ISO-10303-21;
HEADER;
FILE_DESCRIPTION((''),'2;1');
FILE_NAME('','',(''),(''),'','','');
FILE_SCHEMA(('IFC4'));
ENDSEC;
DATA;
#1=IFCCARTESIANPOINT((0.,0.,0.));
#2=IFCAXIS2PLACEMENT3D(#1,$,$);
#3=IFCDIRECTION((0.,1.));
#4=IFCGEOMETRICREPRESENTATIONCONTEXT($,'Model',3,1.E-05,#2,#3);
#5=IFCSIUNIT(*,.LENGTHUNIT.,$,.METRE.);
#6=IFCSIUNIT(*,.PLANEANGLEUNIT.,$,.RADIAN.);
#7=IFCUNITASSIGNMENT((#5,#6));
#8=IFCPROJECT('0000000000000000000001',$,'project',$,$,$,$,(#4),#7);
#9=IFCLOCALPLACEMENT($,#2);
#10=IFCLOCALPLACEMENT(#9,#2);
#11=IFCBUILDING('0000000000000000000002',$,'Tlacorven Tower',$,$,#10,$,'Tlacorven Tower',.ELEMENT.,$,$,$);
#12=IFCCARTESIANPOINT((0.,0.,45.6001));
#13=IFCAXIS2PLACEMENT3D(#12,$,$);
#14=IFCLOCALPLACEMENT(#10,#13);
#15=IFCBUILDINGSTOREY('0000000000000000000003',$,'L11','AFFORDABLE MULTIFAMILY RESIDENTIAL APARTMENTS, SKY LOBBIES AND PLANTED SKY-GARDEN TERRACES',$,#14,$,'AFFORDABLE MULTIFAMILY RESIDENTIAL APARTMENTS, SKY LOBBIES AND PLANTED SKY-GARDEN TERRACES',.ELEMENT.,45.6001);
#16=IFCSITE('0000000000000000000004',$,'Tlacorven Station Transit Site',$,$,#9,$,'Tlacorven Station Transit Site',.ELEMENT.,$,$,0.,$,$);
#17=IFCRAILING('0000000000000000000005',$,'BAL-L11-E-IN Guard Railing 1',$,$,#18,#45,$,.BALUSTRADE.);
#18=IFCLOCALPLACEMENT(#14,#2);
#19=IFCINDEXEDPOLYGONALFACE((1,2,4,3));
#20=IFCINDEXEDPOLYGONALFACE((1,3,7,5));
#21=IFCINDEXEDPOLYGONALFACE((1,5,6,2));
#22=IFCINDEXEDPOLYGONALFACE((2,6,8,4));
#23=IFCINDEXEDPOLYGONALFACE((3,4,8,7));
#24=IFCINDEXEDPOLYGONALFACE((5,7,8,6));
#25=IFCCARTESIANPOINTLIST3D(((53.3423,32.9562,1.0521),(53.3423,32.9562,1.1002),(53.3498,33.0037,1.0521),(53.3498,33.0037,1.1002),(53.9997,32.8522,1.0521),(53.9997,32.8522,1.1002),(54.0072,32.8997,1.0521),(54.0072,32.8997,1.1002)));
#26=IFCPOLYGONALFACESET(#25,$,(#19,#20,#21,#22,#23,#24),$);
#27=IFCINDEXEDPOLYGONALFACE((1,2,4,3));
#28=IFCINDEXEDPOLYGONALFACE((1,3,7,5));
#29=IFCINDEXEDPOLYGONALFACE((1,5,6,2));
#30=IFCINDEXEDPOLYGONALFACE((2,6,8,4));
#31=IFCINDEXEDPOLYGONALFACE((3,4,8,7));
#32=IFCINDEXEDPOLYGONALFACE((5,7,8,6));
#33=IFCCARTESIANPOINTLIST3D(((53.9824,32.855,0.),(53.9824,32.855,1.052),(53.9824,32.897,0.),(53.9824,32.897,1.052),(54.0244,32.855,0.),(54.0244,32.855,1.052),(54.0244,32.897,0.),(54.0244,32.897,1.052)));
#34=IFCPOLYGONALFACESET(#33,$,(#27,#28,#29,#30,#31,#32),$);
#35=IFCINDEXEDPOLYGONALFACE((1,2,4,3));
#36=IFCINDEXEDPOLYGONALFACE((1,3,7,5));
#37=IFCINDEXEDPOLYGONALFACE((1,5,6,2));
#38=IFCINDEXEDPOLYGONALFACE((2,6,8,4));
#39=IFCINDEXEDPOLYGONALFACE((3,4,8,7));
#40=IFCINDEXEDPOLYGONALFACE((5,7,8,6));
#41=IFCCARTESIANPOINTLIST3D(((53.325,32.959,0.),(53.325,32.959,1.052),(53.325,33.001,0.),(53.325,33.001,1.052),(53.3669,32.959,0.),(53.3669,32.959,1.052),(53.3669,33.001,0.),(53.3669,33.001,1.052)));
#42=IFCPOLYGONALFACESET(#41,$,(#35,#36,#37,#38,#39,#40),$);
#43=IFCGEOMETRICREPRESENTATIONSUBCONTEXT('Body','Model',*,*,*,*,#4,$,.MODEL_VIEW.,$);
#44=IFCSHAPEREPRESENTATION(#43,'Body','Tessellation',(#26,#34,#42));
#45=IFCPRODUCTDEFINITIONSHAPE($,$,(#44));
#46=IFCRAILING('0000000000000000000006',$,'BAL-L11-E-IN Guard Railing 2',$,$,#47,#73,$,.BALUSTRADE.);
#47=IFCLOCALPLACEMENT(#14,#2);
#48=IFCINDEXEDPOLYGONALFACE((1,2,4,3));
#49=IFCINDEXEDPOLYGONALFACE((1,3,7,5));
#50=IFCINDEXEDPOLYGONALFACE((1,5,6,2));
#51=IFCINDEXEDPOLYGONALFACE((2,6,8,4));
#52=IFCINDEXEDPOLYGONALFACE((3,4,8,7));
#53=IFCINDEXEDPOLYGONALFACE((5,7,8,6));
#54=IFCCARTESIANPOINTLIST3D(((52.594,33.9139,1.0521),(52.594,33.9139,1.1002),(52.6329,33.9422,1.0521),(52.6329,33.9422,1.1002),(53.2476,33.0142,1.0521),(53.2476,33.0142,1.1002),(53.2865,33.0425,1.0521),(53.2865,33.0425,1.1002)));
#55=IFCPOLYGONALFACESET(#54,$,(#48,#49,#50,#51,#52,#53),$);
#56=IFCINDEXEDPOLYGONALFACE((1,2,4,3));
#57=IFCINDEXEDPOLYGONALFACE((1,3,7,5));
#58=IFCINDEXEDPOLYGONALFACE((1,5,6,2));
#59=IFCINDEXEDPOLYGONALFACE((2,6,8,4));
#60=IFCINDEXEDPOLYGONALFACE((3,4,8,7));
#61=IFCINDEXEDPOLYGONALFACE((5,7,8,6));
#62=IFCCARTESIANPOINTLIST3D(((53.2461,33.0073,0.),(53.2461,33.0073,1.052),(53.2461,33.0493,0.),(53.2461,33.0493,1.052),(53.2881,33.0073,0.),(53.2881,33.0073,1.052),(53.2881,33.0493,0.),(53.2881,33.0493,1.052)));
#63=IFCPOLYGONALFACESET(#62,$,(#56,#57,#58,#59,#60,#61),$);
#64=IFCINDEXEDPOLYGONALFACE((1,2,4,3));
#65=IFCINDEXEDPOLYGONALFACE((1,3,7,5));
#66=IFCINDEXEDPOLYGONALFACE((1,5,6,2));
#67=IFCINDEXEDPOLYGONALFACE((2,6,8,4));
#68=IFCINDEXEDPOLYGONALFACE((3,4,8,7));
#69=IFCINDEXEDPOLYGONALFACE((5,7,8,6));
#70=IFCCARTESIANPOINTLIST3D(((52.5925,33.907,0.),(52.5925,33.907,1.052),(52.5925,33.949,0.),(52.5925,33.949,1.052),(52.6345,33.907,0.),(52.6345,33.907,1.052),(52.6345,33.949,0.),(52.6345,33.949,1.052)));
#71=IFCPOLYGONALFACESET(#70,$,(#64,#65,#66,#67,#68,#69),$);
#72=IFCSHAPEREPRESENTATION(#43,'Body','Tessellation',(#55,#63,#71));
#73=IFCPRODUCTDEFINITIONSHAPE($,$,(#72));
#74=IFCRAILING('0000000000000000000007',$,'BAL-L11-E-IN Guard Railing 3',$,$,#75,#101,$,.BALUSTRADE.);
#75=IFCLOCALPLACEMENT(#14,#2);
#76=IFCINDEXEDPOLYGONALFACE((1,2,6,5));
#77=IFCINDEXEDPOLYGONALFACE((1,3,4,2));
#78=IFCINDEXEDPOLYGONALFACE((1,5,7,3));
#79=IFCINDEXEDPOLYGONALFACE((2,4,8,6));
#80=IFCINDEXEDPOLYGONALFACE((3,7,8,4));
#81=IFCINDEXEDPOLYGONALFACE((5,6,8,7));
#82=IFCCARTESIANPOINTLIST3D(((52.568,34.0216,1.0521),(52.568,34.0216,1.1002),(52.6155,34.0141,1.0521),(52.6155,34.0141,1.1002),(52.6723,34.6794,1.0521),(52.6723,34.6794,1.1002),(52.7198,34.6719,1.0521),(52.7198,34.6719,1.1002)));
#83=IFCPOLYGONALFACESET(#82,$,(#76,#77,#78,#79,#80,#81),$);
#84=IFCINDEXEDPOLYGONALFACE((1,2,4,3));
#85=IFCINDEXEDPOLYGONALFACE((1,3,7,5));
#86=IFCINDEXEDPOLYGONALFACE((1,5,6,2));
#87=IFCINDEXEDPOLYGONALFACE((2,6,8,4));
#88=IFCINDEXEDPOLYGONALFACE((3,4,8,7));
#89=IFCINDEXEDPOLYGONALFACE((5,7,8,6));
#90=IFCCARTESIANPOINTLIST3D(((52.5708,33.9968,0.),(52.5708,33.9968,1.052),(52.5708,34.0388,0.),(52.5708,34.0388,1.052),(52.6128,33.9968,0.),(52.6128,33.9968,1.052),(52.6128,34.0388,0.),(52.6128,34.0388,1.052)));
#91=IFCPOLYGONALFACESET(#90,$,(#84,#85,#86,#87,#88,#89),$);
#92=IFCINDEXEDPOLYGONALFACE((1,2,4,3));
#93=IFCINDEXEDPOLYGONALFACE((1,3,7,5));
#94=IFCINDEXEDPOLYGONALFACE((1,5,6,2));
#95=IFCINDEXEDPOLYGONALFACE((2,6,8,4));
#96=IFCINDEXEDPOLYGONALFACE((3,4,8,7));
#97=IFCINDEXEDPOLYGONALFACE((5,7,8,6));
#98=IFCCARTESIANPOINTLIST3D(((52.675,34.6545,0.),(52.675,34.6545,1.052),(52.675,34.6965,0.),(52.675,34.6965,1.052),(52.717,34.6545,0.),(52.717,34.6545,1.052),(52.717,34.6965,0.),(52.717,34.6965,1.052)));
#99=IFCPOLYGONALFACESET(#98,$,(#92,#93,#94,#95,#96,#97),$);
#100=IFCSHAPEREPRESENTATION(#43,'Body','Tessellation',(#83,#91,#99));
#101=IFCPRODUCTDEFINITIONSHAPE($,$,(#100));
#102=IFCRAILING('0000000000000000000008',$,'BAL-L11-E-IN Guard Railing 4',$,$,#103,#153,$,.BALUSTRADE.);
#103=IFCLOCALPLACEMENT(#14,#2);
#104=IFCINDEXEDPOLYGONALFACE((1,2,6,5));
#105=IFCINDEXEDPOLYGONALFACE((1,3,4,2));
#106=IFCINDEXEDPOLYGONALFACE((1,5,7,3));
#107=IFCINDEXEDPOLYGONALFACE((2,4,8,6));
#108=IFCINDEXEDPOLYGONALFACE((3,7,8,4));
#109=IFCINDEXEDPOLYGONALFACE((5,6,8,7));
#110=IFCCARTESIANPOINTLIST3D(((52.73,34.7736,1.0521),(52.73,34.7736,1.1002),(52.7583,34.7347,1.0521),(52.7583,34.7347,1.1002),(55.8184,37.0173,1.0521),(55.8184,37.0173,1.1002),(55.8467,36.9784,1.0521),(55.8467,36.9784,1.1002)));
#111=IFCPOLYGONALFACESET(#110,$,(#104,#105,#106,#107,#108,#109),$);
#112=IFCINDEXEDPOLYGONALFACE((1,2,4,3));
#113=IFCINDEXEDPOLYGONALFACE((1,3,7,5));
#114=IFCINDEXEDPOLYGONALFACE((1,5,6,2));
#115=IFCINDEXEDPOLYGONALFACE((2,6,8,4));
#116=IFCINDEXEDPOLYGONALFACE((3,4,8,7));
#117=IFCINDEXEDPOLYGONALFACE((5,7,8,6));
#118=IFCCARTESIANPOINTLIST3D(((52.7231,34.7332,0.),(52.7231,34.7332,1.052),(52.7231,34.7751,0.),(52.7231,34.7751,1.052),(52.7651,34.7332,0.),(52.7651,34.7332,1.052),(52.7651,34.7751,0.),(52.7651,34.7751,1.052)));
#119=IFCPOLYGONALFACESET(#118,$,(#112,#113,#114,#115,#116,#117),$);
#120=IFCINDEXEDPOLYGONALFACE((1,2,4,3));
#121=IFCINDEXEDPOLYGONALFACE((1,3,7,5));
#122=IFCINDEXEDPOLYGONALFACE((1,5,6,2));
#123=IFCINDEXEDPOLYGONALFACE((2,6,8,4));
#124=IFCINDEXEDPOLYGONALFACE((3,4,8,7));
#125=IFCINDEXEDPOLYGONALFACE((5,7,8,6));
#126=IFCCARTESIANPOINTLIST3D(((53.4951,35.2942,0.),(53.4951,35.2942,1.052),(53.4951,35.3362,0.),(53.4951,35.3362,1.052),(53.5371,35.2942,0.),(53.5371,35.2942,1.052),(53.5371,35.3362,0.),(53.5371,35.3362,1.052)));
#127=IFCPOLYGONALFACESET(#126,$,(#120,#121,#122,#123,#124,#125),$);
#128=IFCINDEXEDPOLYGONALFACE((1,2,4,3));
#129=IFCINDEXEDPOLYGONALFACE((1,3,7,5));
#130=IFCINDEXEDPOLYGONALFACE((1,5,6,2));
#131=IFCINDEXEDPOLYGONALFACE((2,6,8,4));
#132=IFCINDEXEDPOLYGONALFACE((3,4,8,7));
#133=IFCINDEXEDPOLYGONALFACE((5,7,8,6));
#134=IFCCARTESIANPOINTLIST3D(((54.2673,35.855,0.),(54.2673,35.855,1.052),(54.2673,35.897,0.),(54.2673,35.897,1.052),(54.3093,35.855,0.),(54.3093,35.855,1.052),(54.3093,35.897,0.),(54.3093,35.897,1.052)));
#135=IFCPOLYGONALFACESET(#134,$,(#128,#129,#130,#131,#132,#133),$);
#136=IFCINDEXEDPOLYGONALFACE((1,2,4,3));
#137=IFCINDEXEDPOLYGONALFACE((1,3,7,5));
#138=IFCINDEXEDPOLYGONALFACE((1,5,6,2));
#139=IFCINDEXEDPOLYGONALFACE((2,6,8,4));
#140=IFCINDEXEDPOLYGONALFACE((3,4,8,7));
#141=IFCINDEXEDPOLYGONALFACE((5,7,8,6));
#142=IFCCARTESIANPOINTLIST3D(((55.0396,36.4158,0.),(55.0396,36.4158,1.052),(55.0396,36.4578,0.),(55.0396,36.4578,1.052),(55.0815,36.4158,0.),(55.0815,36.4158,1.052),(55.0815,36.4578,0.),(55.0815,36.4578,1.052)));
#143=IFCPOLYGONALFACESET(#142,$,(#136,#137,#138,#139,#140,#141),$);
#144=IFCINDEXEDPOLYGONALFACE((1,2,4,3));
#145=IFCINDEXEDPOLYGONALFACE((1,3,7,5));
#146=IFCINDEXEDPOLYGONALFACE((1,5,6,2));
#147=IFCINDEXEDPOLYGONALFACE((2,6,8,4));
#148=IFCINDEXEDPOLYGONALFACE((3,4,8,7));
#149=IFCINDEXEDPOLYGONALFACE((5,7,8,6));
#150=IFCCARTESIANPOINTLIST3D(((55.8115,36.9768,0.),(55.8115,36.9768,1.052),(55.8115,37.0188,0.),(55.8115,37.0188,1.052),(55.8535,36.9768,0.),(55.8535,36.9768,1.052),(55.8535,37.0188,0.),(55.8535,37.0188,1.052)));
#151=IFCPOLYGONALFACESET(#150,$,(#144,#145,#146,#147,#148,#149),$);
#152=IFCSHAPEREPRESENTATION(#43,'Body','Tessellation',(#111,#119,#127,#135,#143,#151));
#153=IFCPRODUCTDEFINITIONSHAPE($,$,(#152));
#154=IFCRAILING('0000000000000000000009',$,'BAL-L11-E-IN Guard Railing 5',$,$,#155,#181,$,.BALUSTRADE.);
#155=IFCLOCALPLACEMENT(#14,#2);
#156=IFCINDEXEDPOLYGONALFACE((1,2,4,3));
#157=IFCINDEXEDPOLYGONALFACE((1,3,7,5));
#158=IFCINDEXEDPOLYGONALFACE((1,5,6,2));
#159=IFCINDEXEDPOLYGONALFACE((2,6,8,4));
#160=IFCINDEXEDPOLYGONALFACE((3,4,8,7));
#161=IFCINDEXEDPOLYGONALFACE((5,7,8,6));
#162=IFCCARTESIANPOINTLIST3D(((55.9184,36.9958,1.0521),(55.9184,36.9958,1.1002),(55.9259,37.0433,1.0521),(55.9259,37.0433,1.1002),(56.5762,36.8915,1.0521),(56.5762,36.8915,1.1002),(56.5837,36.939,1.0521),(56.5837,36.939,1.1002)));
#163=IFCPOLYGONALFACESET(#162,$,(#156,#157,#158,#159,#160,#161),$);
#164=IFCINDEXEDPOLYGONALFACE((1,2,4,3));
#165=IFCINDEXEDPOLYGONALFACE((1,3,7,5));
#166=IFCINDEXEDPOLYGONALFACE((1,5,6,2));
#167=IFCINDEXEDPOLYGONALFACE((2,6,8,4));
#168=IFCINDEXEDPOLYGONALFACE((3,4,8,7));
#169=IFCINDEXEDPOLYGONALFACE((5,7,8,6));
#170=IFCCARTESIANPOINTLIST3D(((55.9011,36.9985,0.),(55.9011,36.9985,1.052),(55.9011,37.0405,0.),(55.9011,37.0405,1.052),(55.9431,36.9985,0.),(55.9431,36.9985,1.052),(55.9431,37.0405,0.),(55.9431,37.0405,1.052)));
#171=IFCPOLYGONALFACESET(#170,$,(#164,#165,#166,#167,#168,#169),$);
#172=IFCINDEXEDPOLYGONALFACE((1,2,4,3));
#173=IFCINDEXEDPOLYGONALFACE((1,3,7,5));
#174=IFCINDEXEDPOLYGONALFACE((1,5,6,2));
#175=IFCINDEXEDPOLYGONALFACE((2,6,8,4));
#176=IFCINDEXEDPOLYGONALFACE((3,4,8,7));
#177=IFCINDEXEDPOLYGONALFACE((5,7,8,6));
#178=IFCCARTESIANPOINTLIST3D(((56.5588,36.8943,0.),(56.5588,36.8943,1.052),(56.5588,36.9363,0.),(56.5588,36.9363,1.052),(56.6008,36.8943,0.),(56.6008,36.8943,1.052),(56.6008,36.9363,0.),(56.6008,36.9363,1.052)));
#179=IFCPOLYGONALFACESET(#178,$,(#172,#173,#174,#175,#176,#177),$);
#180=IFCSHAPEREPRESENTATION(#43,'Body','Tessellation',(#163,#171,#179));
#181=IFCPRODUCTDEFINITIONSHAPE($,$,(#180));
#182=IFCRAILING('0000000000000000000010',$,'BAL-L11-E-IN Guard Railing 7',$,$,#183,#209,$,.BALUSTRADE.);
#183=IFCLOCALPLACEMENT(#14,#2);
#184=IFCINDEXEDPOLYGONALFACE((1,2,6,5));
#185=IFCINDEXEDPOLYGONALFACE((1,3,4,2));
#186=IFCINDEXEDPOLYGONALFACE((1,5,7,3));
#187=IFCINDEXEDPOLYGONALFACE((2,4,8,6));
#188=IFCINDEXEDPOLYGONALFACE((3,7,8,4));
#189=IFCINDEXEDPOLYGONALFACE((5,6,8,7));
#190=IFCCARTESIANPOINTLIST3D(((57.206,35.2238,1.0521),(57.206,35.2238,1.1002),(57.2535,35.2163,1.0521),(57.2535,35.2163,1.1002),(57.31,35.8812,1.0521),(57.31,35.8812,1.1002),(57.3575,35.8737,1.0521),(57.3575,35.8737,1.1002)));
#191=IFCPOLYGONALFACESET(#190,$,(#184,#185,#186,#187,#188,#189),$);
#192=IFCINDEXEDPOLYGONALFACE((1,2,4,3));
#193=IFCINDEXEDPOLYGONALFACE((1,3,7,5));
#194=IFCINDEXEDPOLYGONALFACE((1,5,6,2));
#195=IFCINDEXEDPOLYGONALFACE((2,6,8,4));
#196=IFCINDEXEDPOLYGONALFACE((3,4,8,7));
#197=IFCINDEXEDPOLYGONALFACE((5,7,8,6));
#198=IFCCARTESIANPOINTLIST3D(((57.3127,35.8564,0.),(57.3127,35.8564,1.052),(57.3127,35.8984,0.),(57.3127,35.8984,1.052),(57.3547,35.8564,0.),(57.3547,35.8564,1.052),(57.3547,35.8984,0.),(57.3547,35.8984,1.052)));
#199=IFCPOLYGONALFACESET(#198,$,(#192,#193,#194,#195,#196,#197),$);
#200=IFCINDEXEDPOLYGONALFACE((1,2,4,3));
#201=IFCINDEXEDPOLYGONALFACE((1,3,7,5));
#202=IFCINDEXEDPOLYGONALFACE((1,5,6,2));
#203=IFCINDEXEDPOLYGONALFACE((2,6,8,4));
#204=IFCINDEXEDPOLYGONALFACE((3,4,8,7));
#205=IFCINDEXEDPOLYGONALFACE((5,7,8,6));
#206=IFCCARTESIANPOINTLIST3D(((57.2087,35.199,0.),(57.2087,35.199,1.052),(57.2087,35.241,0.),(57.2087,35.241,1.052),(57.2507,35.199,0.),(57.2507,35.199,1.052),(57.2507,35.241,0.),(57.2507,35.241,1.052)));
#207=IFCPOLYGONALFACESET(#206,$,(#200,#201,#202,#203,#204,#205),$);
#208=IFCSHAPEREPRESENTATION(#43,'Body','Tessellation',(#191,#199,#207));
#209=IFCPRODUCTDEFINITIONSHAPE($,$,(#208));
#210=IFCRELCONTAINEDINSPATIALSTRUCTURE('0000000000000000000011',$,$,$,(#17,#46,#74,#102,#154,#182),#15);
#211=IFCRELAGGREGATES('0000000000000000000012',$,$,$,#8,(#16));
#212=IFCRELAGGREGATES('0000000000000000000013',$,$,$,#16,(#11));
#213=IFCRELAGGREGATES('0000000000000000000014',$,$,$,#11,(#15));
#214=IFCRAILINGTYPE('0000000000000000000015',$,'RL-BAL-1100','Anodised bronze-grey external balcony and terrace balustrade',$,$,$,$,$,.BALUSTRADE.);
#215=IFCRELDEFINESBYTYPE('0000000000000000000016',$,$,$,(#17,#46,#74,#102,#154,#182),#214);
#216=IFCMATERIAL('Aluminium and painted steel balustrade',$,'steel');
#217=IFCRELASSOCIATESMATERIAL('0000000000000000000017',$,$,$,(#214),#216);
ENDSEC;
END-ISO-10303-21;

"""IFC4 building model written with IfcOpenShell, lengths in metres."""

from ifc_helpers import new_model, si_unit, direction, frame, origin, origin_2d, place, context, subcontext, project, spatial, rectangle, extrude, source, transform, mapped, material, type_object, element, save


model = new_model("IFC4")

# Units and contexts
model_context = context("Model", 3, precision=1e-05, world=origin(), true_north=direction((0.0, 1.0)))
body_context = subcontext(model_context, "Body", "Model", "MODEL_VIEW")
ifc_project = project(units=[si_unit("LENGTHUNIT", "METRE"), si_unit("PLANEANGLEUNIT", "RADIAN")], contexts=[model_context])

# Site, building, storey
site_placement = place(None, origin())
site = spatial("IfcSite", under=ifc_project, at=site_placement, Name="Tlacorven Station Transit Site", LongName="Tlacorven Station Transit Site", CompositionType="ELEMENT", RefElevation=0.0)
building_placement = place(site_placement, origin())
building = spatial("IfcBuilding", under=site, at=building_placement, Name="Tlacorven Tower", LongName="Tlacorven Tower", CompositionType="ELEMENT")
storey_placement = place(building_placement, frame((0.0, 0.0, 45.6001)))
storey = spatial("IfcBuildingStorey", under=building, at=storey_placement, Name="L11", Description="AFFORDABLE MULTIFAMILY RESIDENTIAL APARTMENTS, SKY LOBBIES AND PLANTED SKY-GARDEN TERRACES", LongName="AFFORDABLE MULTIFAMILY RESIDENTIAL APARTMENTS, SKY LOBBIES AND PLANTED SKY-GARDEN TERRACES", CompositionType="ELEMENT", Elevation=45.6001)

# Railings
ifc_material_1 = material(Name="Aluminium and painted steel balustrade", Category="steel")
railing_type_1 = type_object("IfcRailingType", Name="RL-BAL-1100", Description="Anodised bronze-grey external balcony and terrace balustrade", PredefinedType="BALUSTRADE", material=ifc_material_1)
shared_shape_1 = source(origin(), body_context, "Body", "SweptSolid", [
    extrude(rectangle(XDim=0.0481, YDim=0.0481, at=origin_2d()), frame((0.0, 0.0, 1.0762), z_axis=(-0.987718, 0.156245, 0.0), x_axis=(-0.156245, -0.987718, 0.0)), (0.0, 0.0, 1.0), 0.6655),
    extrude(rectangle(XDim=0.042, YDim=0.042, at=origin_2d()), origin(), (0.0, 0.0, 1.0), 1.052),
    extrude(rectangle(XDim=0.042, YDim=0.042, at=origin_2d()), frame((-0.6575, 0.104, 0.0)), (0.0, 0.0, 1.0), 1.052),
])
railing_1_placement = place(storey_placement, frame((54.0034, 32.876, 0.0)))
element("IfcRailing", 1, at=railing_1_placement, inside=storey, type_object=railing_type_1, Name="BAL-L11-E-IN Guard Railing 1", PredefinedType="BALUSTRADE", context=body_context, shape_type="MappedRepresentation", body=[
    mapped(shared_shape_1, transform((0.0, 0.0, 0.0), scale=1.0)),
])
shared_shape_2 = source(origin(), body_context, "Body", "SweptSolid", [
    extrude(rectangle(XDim=0.0481, YDim=0.0481, at=origin_2d()), frame((0.0, 0.0, 1.0762), z_axis=(-0.587741, 0.809049, 0.0), x_axis=(-0.809049, -0.587741, 0.0)), (0.0, 0.0, 1.0), 1.1121),
    extrude(rectangle(XDim=0.042, YDim=0.042, at=origin_2d()), origin(), (0.0, 0.0, 1.0), 1.052),
    extrude(rectangle(XDim=0.042, YDim=0.042, at=origin_2d()), frame((-0.6536, 0.8997, 0.0)), (0.0, 0.0, 1.0), 1.052),
])
railing_2_placement = place(storey_placement, frame((53.2671, 33.0283, 0.0)))
element("IfcRailing", 2, at=railing_2_placement, inside=storey, type_object=railing_type_1, Name="BAL-L11-E-IN Guard Railing 2", PredefinedType="BALUSTRADE", context=body_context, shape_type="MappedRepresentation", body=[
    mapped(shared_shape_2, transform((0.0, 0.0, 0.0), scale=1.0)),
])
shared_shape_3 = source(origin(), body_context, "Body", "SweptSolid", [
    extrude(rectangle(XDim=0.0481, YDim=0.0481, at=origin_2d()), frame((0.0, 0.0, 1.0762), z_axis=(0.156546, 0.987671, 0.0), x_axis=(-0.987671, 0.156546, 0.0)), (0.0, 0.0, 1.0), 0.666),
    extrude(rectangle(XDim=0.042, YDim=0.042, at=origin_2d()), origin(), (0.0, 0.0, 1.0), 1.052),
    extrude(rectangle(XDim=0.042, YDim=0.042, at=origin_2d()), frame((0.1042, 0.6577, 0.0)), (0.0, 0.0, 1.0), 1.052),
])
railing_3_placement = place(storey_placement, frame((52.5918, 34.0178, 0.0)))
element("IfcRailing", 3, at=railing_3_placement, inside=storey, type_object=railing_type_1, Name="BAL-L11-E-IN Guard Railing 3", PredefinedType="BALUSTRADE", context=body_context, shape_type="MappedRepresentation", body=[
    mapped(shared_shape_3, transform((0.0, 0.0, 0.0), scale=1.0)),
])
shared_shape_4 = source(origin(), body_context, "Body", "SweptSolid", [
    extrude(rectangle(XDim=0.0481, YDim=0.0481, at=origin_2d()), frame((0.0, 0.0, 1.0762), z_axis=(0.80904, 0.587753, 0.0), x_axis=(-0.587753, 0.80904, 0.0)), (0.0, 0.0, 1.0), 3.8174),
    extrude(rectangle(XDim=0.042, YDim=0.042, at=origin_2d()), origin(), (0.0, 0.0, 1.0), 1.052),
    extrude(rectangle(XDim=0.042, YDim=0.042, at=origin_2d()), frame((0.772, 0.561, 0.0)), (0.0, 0.0, 1.0), 1.052),
    extrude(rectangle(XDim=0.042, YDim=0.042, at=origin_2d()), frame((1.5442, 1.1218, 0.0)), (0.0, 0.0, 1.0), 1.052),
    extrude(rectangle(XDim=0.042, YDim=0.042, at=origin_2d()), frame((2.3164, 1.6826, 0.0)), (0.0, 0.0, 1.0), 1.052),
    extrude(rectangle(XDim=0.042, YDim=0.042, at=origin_2d()), frame((3.0884, 2.2437, 0.0)), (0.0, 0.0, 1.0), 1.052),
])
railing_4_placement = place(storey_placement, frame((52.7441, 34.7542, 0.0)))
element("IfcRailing", 4, at=railing_4_placement, inside=storey, type_object=railing_type_1, Name="BAL-L11-E-IN Guard Railing 4", PredefinedType="BALUSTRADE", context=body_context, shape_type="MappedRepresentation", body=[
    mapped(shared_shape_4, transform((0.0, 0.0, 0.0), scale=1.0)),
])
shared_shape_5 = source(origin(), body_context, "Body", "SweptSolid", [
    extrude(rectangle(XDim=0.0481, YDim=0.0481, at=origin_2d()), frame((0.0, 0.0, 1.0762), z_axis=(0.987671, -0.156546, 0.0), x_axis=(0.156546, 0.987671, 0.0)), (0.0, 0.0, 1.0), 0.666),
    extrude(rectangle(XDim=0.042, YDim=0.042, at=origin_2d()), origin(), (0.0, 0.0, 1.0), 1.052),
    extrude(rectangle(XDim=0.042, YDim=0.042, at=origin_2d()), frame((0.6577, -0.1042, 0.0)), (0.0, 0.0, 1.0), 1.052),
])
railing_5_placement = place(storey_placement, frame((55.9221, 37.0195, 0.0)))
element("IfcRailing", 5, at=railing_5_placement, inside=storey, type_object=railing_type_1, Name="BAL-L11-E-IN Guard Railing 5", PredefinedType="BALUSTRADE", context=body_context, shape_type="MappedRepresentation", body=[
    mapped(shared_shape_5, transform((0.0, 0.0, 0.0), scale=1.0)),
])
shared_shape_6 = source(origin(), body_context, "Body", "SweptSolid", [
    extrude(rectangle(XDim=0.0481, YDim=0.0481, at=origin_2d()), frame((0.0, 0.0, 1.0762), z_axis=(-0.156245, -0.987718, 0.0), x_axis=(0.987718, -0.156245, 0.0)), (0.0, 0.0, 1.0), 0.6655),
    extrude(rectangle(XDim=0.042, YDim=0.042, at=origin_2d()), origin(), (0.0, 0.0, 1.0), 1.052),
    extrude(rectangle(XDim=0.042, YDim=0.042, at=origin_2d()), frame((-0.104, -0.6575, 0.0)), (0.0, 0.0, 1.0), 1.052),
])
railing_6_placement = place(storey_placement, frame((57.3337, 35.8774, 0.0)))
element("IfcRailing", 6, at=railing_6_placement, inside=storey, type_object=railing_type_1, Name="BAL-L11-E-IN Guard Railing 7", PredefinedType="BALUSTRADE", context=body_context, shape_type="MappedRepresentation", body=[
    mapped(shared_shape_6, transform((0.0, 0.0, 0.0), scale=1.0)),
])

save(model, "model.ifc")
